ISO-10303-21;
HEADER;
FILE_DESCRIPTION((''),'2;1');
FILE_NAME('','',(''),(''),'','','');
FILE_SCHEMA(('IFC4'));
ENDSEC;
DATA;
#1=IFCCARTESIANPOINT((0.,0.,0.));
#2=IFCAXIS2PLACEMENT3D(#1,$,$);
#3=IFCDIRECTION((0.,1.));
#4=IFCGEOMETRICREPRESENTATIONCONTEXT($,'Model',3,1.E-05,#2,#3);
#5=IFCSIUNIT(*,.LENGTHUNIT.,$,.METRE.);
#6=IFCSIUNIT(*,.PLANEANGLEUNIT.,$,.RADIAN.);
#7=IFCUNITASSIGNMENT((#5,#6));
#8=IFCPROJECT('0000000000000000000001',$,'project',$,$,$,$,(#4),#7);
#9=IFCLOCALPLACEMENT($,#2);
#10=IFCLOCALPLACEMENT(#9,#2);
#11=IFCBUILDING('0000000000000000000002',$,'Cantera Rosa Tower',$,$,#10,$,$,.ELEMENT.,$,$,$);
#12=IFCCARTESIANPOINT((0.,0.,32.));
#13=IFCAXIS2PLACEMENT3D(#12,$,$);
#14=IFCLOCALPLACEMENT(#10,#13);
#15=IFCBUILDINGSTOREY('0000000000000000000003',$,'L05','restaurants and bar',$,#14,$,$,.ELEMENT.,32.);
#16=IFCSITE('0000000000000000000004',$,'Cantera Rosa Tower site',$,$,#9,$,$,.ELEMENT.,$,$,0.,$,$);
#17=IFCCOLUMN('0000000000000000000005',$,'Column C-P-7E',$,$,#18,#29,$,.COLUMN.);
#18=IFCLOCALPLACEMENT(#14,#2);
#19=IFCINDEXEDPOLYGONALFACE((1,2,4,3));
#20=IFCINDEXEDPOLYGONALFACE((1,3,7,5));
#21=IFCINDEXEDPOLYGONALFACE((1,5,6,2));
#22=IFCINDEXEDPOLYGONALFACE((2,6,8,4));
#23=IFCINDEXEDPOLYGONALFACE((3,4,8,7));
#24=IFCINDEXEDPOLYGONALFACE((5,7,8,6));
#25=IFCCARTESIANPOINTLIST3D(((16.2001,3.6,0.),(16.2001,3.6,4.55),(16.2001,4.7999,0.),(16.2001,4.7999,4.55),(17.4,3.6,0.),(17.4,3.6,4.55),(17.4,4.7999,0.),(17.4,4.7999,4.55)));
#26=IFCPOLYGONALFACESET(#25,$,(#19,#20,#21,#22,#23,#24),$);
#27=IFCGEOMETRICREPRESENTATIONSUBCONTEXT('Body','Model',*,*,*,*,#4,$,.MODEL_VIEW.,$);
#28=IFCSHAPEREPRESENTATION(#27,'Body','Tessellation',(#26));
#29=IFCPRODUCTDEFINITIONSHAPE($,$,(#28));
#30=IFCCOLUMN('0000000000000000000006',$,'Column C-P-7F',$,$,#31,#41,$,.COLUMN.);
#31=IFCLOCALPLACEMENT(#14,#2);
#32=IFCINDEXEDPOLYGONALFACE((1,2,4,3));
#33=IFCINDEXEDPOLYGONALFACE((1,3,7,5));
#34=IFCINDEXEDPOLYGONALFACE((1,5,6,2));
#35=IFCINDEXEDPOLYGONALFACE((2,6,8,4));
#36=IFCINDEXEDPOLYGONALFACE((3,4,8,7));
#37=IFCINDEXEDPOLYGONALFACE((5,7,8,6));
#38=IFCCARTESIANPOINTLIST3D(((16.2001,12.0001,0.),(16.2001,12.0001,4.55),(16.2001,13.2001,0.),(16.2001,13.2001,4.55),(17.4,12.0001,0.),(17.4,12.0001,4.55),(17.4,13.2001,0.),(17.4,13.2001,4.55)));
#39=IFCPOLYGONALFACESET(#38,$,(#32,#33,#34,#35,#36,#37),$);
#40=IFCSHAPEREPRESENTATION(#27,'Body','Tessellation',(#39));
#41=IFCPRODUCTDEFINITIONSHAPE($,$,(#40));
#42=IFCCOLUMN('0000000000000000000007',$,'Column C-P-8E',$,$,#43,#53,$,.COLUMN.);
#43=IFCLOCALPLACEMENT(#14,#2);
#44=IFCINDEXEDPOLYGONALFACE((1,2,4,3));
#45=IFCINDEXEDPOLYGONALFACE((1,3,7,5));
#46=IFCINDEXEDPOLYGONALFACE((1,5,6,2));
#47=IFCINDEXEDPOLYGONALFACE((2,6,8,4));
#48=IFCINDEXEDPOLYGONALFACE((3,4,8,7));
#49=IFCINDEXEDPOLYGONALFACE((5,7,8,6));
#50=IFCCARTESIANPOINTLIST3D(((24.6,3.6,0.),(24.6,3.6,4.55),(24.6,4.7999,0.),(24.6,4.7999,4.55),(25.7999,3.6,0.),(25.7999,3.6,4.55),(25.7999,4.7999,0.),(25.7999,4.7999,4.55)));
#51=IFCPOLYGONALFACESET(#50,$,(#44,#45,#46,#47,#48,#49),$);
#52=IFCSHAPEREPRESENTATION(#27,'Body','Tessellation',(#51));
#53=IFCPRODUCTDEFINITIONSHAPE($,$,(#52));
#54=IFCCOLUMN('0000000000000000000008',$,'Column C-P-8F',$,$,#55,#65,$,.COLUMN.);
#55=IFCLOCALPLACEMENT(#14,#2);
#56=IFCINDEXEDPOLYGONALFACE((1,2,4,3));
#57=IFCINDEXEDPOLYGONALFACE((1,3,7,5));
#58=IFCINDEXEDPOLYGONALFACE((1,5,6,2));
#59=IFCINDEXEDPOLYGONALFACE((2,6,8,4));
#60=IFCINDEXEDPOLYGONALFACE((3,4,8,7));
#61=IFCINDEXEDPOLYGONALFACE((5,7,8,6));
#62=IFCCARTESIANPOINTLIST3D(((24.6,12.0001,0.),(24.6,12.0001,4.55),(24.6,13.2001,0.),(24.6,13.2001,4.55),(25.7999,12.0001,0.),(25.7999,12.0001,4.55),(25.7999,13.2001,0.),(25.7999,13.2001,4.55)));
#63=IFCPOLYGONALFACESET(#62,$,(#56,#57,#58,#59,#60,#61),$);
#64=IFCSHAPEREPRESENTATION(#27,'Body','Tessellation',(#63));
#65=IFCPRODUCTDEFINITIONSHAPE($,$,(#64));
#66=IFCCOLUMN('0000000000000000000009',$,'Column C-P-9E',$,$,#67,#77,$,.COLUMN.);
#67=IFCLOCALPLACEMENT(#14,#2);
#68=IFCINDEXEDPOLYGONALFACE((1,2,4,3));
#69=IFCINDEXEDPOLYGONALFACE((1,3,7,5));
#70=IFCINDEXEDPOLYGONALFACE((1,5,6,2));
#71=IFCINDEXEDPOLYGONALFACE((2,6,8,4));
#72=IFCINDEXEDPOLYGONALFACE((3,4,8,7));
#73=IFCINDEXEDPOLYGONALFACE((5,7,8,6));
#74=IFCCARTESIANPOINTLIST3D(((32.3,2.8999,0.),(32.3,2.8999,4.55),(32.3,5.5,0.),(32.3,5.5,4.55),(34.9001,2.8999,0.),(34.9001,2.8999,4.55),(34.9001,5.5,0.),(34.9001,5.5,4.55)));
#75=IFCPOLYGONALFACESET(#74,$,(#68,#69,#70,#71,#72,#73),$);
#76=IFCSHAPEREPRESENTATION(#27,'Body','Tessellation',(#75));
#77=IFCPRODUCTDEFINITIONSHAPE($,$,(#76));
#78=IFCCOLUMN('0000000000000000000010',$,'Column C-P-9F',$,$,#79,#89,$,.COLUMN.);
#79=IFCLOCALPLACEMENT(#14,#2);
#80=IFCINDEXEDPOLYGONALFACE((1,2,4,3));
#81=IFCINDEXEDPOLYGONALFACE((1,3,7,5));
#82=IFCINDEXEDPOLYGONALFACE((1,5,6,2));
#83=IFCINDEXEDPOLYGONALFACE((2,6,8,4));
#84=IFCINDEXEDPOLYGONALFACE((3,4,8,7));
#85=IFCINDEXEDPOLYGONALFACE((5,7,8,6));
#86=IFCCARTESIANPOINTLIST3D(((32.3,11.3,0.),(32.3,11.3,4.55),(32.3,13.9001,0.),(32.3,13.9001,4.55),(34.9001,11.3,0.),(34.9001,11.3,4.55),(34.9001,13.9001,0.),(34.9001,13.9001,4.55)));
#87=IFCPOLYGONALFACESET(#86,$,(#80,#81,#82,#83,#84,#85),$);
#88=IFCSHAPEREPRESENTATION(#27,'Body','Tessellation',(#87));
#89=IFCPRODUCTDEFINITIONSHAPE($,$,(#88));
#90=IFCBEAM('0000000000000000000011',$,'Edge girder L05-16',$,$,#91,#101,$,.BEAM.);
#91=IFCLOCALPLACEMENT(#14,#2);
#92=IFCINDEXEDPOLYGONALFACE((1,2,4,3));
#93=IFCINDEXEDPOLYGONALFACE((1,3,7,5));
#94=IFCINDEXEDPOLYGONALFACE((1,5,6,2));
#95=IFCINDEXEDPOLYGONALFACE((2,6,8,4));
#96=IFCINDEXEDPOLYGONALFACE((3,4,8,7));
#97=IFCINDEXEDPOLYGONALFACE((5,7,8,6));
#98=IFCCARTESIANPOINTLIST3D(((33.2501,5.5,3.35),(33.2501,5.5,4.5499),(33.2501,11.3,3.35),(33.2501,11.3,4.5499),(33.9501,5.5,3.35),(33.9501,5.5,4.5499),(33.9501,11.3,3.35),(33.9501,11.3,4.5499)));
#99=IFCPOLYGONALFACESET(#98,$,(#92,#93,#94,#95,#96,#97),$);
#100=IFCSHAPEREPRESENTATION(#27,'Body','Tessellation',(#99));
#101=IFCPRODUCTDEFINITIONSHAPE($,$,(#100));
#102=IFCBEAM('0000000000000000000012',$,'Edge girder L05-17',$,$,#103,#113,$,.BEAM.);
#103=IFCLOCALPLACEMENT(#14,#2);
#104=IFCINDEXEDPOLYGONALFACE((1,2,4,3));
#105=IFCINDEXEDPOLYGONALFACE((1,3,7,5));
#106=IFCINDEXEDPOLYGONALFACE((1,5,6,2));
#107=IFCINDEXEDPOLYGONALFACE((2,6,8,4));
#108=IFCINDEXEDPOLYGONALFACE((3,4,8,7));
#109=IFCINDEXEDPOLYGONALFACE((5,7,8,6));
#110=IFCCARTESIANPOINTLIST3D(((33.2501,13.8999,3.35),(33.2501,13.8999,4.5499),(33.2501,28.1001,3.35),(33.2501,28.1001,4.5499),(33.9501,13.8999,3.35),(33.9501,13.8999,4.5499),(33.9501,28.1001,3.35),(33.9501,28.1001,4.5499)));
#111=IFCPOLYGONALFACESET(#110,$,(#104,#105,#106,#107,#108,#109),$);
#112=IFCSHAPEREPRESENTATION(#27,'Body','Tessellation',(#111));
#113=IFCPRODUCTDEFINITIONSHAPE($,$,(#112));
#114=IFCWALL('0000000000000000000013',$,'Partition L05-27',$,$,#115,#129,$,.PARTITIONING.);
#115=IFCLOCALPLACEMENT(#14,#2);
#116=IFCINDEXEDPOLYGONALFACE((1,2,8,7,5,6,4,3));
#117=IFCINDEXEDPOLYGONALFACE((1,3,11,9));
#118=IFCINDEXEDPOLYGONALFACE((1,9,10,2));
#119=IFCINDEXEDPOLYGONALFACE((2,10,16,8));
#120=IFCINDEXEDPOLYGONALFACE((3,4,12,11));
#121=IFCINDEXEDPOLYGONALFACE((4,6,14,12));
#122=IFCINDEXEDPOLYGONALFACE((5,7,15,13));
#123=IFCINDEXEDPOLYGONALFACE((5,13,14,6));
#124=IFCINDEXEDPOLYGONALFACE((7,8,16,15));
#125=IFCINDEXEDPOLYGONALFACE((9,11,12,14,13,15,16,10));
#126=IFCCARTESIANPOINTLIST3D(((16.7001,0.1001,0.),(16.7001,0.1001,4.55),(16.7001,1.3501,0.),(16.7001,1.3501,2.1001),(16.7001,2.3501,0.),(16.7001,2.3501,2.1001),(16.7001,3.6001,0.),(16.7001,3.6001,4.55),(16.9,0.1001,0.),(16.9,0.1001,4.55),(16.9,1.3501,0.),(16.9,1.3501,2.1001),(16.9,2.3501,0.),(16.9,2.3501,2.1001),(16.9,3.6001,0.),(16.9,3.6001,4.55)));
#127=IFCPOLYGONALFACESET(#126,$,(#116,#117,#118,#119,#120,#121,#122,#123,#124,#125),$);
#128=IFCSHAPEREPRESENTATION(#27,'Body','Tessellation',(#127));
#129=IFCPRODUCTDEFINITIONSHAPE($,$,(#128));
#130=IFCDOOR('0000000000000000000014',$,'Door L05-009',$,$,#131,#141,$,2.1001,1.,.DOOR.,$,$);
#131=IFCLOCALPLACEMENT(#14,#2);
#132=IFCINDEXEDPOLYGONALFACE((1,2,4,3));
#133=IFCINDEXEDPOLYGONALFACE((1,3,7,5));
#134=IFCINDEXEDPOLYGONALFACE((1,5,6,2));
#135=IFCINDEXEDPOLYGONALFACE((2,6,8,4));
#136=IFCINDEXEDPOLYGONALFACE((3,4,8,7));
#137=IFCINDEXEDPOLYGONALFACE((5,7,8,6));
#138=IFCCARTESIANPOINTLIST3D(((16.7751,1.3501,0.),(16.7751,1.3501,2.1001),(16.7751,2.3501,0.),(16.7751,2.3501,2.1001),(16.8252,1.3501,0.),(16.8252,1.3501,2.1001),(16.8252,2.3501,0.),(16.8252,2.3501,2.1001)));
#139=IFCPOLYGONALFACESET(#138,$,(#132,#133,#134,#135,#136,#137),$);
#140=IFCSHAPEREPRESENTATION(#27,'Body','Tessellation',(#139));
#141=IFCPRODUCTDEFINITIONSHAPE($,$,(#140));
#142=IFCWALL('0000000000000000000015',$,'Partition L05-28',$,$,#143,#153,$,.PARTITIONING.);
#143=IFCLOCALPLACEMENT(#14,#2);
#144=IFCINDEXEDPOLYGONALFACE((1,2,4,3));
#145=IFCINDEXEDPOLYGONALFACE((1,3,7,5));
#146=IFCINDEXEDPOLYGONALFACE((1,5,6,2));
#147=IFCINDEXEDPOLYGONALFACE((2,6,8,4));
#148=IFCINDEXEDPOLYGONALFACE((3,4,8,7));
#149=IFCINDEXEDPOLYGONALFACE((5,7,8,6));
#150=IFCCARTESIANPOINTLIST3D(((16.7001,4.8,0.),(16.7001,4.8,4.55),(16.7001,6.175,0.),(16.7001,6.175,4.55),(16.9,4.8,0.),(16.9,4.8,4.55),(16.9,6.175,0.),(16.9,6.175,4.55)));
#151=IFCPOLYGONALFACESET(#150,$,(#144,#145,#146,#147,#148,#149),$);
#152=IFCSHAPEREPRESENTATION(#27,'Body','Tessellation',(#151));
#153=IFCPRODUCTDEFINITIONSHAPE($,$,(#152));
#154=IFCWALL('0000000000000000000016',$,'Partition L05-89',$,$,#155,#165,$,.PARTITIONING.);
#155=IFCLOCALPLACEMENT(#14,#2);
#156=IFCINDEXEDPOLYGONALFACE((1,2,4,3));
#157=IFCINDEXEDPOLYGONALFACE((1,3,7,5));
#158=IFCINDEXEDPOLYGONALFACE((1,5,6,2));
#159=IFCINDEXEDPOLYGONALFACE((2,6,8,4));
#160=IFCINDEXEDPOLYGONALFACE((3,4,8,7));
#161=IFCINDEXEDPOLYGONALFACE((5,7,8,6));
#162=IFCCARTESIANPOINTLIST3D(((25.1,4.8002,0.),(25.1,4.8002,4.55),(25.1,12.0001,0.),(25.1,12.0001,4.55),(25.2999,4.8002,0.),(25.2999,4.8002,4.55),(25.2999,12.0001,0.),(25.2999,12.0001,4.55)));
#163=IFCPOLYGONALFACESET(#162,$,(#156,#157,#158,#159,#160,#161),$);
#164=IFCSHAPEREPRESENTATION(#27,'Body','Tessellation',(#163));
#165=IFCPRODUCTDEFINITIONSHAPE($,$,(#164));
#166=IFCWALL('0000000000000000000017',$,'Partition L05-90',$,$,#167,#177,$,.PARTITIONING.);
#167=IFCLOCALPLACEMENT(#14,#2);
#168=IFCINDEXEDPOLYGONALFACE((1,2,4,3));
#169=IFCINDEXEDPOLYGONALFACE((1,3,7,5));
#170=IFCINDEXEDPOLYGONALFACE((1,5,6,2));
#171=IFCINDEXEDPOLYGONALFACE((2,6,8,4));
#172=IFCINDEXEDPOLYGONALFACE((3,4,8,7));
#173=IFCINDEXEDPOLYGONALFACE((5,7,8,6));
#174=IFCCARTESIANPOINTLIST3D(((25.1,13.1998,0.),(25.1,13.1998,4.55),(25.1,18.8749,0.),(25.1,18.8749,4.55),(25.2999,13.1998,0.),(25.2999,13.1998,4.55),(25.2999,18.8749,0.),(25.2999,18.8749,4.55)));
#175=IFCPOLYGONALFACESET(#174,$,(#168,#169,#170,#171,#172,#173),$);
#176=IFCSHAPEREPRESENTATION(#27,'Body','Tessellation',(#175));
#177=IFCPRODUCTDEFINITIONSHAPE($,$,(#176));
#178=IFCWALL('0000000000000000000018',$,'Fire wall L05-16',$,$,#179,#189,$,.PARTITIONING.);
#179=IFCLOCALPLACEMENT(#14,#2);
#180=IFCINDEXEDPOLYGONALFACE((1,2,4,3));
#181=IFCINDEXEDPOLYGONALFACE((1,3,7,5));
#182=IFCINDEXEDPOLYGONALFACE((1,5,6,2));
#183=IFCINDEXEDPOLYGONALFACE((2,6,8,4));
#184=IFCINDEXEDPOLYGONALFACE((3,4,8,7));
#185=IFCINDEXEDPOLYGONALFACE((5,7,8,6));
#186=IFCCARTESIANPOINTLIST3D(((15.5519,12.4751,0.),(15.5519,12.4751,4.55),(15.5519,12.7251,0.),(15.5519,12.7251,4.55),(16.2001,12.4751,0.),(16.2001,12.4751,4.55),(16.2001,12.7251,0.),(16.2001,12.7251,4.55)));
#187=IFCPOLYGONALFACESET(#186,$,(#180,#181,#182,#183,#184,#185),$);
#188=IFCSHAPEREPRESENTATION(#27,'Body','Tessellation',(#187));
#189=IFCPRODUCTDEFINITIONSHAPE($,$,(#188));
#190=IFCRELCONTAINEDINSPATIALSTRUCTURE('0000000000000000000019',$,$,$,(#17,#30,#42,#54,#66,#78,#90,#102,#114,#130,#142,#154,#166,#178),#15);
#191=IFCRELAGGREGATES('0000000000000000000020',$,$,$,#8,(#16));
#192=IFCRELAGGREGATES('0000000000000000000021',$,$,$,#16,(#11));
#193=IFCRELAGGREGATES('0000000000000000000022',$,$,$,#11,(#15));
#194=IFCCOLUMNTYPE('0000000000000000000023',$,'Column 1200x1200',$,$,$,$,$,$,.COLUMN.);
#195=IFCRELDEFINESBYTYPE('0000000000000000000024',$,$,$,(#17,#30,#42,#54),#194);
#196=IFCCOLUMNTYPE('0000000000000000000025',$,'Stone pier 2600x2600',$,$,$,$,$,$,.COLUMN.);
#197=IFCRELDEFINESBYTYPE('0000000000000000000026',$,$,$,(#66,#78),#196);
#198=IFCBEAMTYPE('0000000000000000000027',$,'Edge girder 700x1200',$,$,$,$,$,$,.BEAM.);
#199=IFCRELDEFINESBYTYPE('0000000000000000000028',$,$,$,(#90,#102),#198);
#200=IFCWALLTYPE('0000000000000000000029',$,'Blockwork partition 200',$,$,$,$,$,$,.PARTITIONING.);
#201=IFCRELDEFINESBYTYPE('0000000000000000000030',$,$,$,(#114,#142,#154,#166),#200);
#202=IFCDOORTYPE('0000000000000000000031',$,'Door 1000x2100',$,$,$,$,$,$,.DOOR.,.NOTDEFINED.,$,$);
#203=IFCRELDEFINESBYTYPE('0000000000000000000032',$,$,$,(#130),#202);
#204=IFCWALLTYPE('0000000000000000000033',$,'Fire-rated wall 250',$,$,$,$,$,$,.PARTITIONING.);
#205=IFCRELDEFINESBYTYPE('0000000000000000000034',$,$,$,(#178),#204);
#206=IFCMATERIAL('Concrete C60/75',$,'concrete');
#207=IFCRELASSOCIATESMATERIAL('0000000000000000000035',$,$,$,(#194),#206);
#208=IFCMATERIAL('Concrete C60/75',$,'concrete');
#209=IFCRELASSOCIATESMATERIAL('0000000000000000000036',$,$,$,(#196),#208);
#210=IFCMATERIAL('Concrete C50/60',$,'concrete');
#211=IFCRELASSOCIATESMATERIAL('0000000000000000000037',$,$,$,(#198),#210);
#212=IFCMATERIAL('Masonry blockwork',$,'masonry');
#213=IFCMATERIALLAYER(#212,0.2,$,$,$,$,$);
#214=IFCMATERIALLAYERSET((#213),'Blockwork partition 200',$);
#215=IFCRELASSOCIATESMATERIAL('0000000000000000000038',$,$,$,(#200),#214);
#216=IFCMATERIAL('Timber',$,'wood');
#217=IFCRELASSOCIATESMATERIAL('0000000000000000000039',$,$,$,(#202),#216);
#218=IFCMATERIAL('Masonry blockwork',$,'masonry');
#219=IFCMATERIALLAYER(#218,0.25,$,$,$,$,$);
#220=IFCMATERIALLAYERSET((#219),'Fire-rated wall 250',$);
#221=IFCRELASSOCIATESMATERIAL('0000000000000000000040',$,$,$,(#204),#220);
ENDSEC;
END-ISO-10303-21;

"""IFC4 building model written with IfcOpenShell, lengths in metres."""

from ifc_helpers import new_model, si_unit, direction, frame, frame_2d, origin, origin_2d, place, context, subcontext, project, spatial, rectangle, extrude, material, layer, layer_set, material_profile, profile_set, type_object, element, fill, save


model = new_model("IFC4")

# Units and contexts
model_context = context("Model", 3, precision=1e-05, world=origin(), true_north=direction((0.0, 1.0)))
body_context = subcontext(model_context, "Body", "Model", "MODEL_VIEW")
ifc_project = project(units=[si_unit("LENGTHUNIT", "METRE"), si_unit("PLANEANGLEUNIT", "RADIAN")], contexts=[model_context])

# Site, building, storey
site_placement = place(None, origin())
site = spatial("IfcSite", under=ifc_project, at=site_placement, Name="Cantera Rosa Tower site", CompositionType="ELEMENT", RefElevation=0.0)
building_placement = place(site_placement, origin())
building = spatial("IfcBuilding", under=site, at=building_placement, Name="Cantera Rosa Tower", CompositionType="ELEMENT")
storey_placement = place(building_placement, frame((0.0, 0.0, 32.0)))
storey = spatial("IfcBuildingStorey", under=building, at=storey_placement, Name="L05", Description="restaurants and bar", CompositionType="ELEMENT", Elevation=32.0)

# Columns
ifc_material_1 = material(Name="Concrete C60/75", Category="concrete")
ifc_material_profile_1 = material_profile(ifc_material_1, rectangle(XDim=1.2, YDim=1.2, at=origin_2d()), Name="Column 1200x1200")
ifc_profile_set_1 = profile_set([ifc_material_profile_1], Name="Concrete C60/75")
column_type_1 = type_object("IfcColumnType", Name="Column 1200x1200", PredefinedType="COLUMN", material=ifc_profile_set_1)
for number, where, z_axis, x_axis, name in (
    (1, (16.8, 4.2, 0.0), (0.0, 0.0, 1.0), (1.0, 0.0, 0.0), "Column C-P-7E"),
    (2, (16.8, 12.6001, 0.0), (0.0, 0.0, 1.0), (1.0, 0.0, 0.0), "Column C-P-7F"),
    (3, (25.2, 4.2, 0.0), (0.0, 0.0, 1.0), (1.0, 0.0, 0.0), "Column C-P-8E"),
    (4, (25.2, 12.6001, 0.0), (0.0, 0.0, 1.0), (1.0, 0.0, 0.0), "Column C-P-8F"),
):
    element("IfcColumn", number, at=place(storey_placement, frame(where, z_axis=z_axis, x_axis=x_axis)), inside=storey, type_object=column_type_1, Name=name, PredefinedType="COLUMN", context=body_context, shape_type="SweptSolid", body=[
        extrude(rectangle(XDim=1.2, YDim=1.2, at=origin_2d()), origin(), (0.0, 0.0, 1.0), 4.55),
    ])
ifc_material_2 = material(Name="Concrete C60/75", Category="concrete")
ifc_material_profile_2 = material_profile(ifc_material_2, rectangle(XDim=2.6001, YDim=2.6001, at=origin_2d()), Name="Stone pier 2600x2600")
ifc_profile_set_2 = profile_set([ifc_material_profile_2], Name="Concrete C60/75")
column_type_2 = type_object("IfcColumnType", Name="Stone pier 2600x2600", PredefinedType="COLUMN", material=ifc_profile_set_2)
for number, where, z_axis, x_axis, name in (
    (5, (33.6001, 4.2, 0.0), (0.0, 0.0, 1.0), (1.0, 0.0, 0.0), "Column C-P-9E"),
    (6, (33.6001, 12.6001, 0.0), (0.0, 0.0, 1.0), (1.0, 0.0, 0.0), "Column C-P-9F"),
):
    element("IfcColumn", number, at=place(storey_placement, frame(where, z_axis=z_axis, x_axis=x_axis)), inside=storey, type_object=column_type_2, Name=name, PredefinedType="COLUMN", context=body_context, shape_type="SweptSolid", body=[
        extrude(rectangle(XDim=2.6001, YDim=2.6001, at=origin_2d()), origin(), (0.0, 0.0, 1.0), 4.55),
    ])

# Beams
ifc_material_3 = material(Name="Concrete C50/60", Category="concrete")
ifc_material_profile_3 = material_profile(ifc_material_3, rectangle(XDim=0.7, YDim=1.2, at=origin_2d()), Name="Edge girder 700x1200")
ifc_profile_set_3 = profile_set([ifc_material_profile_3], Name="Concrete C50/60")
beam_type = type_object("IfcBeamType", Name="Edge girder 700x1200", PredefinedType="BEAM", material=ifc_profile_set_3)
beam_1_placement = place(storey_placement, frame((33.6001, 5.5, 3.95), z_axis=(0.0, 1.0, 0.0), x_axis=(-1.0, 0.0, 0.0)))
element("IfcBeam", 7, at=beam_1_placement, inside=storey, type_object=beam_type, Name="Edge girder L05-16", PredefinedType="BEAM", context=body_context, shape_type="SweptSolid", body=[
    extrude(rectangle(XDim=0.7, YDim=1.2, at=origin_2d()), origin(), (0.0, 0.0, 1.0), 5.8),
])
beam_2_placement = place(storey_placement, frame((33.6001, 13.8999, 3.95), z_axis=(0.0, 1.0, 0.0), x_axis=(-1.0, 0.0, 0.0)))
element("IfcBeam", 8, at=beam_2_placement, inside=storey, type_object=beam_type, Name="Edge girder L05-17", PredefinedType="BEAM", context=body_context, shape_type="SweptSolid", body=[
    extrude(rectangle(XDim=0.7, YDim=1.2, at=origin_2d()), origin(), (0.0, 0.0, 1.0), 14.2002),
])

# Wall, opening, door
ifc_material_4 = material(Name="Masonry blockwork", Category="masonry")
ifc_layer_1 = layer(ifc_material_4, 0.2)
ifc_layer_set_1 = layer_set([ifc_layer_1], Name="Blockwork partition 200")
wall_type_1 = type_object("IfcWallType", Name="Blockwork partition 200", PredefinedType="PARTITIONING", material=ifc_layer_set_1)
wall_1_placement = place(storey_placement, frame((16.8, 0.1001, 0.0), z_axis=(0.0, 0.0, 1.0), x_axis=(0.0, 1.0, 0.0)))
wall_1 = element("IfcWall", 9, at=wall_1_placement, inside=storey, type_object=wall_type_1, Name="Partition L05-27", PredefinedType="PARTITIONING", context=body_context, shape_type="SweptSolid", body=[
    extrude(rectangle(XDim=3.5, YDim=0.2, at=frame_2d((1.75, 0.0))), origin(), (0.0, 0.0, 1.0), 4.55),
])
opening_1_placement = place(wall_1_placement, frame((1.25, 0.0, 0.0)))
opening_1 = element("IfcOpeningElement", 10, at=opening_1_placement, cuts=wall_1, PredefinedType="OPENING", context=body_context, shape_type="SweptSolid", body=[
    extrude(rectangle(XDim=1.0, YDim=2.1001, at=frame_2d((0.5, 1.05))), frame((0.0, 0.1099, 0.0), z_axis=(0.0, -1.0, 0.0), x_axis=(1.0, 0.0, 0.0)), (0.0, 0.0, 1.0), 0.22),
])
ifc_material_5 = material(Name="Timber", Category="wood")
door_type_1 = type_object("IfcDoorType", Name="Door 1000x2100", OperationType="NOTDEFINED", PredefinedType="DOOR", material=ifc_material_5)
door_1_placement = place(opening_1_placement, origin())
door_1 = element("IfcDoor", 11, at=door_1_placement, inside=storey, type_object=door_type_1, Name="Door L05-009", OverallHeight=2.1001, OverallWidth=1.0, PredefinedType="DOOR", context=body_context, shape_type="SweptSolid", body=[
    extrude(rectangle(XDim=1.0, YDim=2.1001, at=frame_2d((0.5, 1.05))), frame((0.0, 0.0249, 0.0), z_axis=(0.0, -1.0, 0.0), x_axis=(1.0, 0.0, 0.0)), (0.0, 0.0, 1.0), 0.05),
])
fill(opening_1, door_1)

# Walls
wall_2_placement = place(storey_placement, frame((16.8, 4.8, 0.0), z_axis=(0.0, 0.0, 1.0), x_axis=(0.0, 1.0, 0.0)))
element("IfcWall", 12, at=wall_2_placement, inside=storey, type_object=wall_type_1, Name="Partition L05-28", PredefinedType="PARTITIONING", context=body_context, shape_type="SweptSolid", body=[
    extrude(rectangle(XDim=1.375, YDim=0.2, at=frame_2d((0.6875, 0.0))), origin(), (0.0, 0.0, 1.0), 4.55),
])
wall_3_placement = place(storey_placement, frame((25.2, 4.8, 0.0), z_axis=(0.0, 0.0, 1.0), x_axis=(0.0, 1.0, 0.0)))
element("IfcWall", 13, at=wall_3_placement, inside=storey, type_object=wall_type_1, Name="Partition L05-89", PredefinedType="PARTITIONING", context=body_context, shape_type="SweptSolid", body=[
    extrude(rectangle(XDim=7.2, YDim=0.2, at=frame_2d((3.6001, 0.0))), origin(), (0.0, 0.0, 1.0), 4.55),
])
wall_4_placement = place(storey_placement, frame((25.2, 13.2, 0.0), z_axis=(0.0, 0.0, 1.0), x_axis=(0.0, 1.0, 0.0)))
element("IfcWall", 14, at=wall_4_placement, inside=storey, type_object=wall_type_1, Name="Partition L05-90", PredefinedType="PARTITIONING", context=body_context, shape_type="SweptSolid", body=[
    extrude(rectangle(XDim=5.675, YDim=0.2, at=frame_2d((2.8374, 0.0))), origin(), (0.0, 0.0, 1.0), 4.55),
])
ifc_material_6 = material(Name="Masonry blockwork", Category="masonry")
ifc_layer_2 = layer(ifc_material_6, 0.25)
ifc_layer_set_2 = layer_set([ifc_layer_2], Name="Fire-rated wall 250")
wall_type_2 = type_object("IfcWallType", Name="Fire-rated wall 250", PredefinedType="PARTITIONING", material=ifc_layer_set_2)
wall_5_placement = place(storey_placement, frame((15.5518, 12.6001, 0.0), z_axis=(0.0, 0.0, 1.0), x_axis=(1.0, 0.0, 0.0)))
element("IfcWall", 15, at=wall_5_placement, inside=storey, type_object=wall_type_2, Name="Fire wall L05-16", PredefinedType="PARTITIONING", context=body_context, shape_type="SweptSolid", body=[
    extrude(rectangle(XDim=0.6482, YDim=0.25, at=frame_2d((0.3242, 0.0))), origin(), (0.0, 0.0, 1.0), 4.55),
])

save(model, "model.ifc")
